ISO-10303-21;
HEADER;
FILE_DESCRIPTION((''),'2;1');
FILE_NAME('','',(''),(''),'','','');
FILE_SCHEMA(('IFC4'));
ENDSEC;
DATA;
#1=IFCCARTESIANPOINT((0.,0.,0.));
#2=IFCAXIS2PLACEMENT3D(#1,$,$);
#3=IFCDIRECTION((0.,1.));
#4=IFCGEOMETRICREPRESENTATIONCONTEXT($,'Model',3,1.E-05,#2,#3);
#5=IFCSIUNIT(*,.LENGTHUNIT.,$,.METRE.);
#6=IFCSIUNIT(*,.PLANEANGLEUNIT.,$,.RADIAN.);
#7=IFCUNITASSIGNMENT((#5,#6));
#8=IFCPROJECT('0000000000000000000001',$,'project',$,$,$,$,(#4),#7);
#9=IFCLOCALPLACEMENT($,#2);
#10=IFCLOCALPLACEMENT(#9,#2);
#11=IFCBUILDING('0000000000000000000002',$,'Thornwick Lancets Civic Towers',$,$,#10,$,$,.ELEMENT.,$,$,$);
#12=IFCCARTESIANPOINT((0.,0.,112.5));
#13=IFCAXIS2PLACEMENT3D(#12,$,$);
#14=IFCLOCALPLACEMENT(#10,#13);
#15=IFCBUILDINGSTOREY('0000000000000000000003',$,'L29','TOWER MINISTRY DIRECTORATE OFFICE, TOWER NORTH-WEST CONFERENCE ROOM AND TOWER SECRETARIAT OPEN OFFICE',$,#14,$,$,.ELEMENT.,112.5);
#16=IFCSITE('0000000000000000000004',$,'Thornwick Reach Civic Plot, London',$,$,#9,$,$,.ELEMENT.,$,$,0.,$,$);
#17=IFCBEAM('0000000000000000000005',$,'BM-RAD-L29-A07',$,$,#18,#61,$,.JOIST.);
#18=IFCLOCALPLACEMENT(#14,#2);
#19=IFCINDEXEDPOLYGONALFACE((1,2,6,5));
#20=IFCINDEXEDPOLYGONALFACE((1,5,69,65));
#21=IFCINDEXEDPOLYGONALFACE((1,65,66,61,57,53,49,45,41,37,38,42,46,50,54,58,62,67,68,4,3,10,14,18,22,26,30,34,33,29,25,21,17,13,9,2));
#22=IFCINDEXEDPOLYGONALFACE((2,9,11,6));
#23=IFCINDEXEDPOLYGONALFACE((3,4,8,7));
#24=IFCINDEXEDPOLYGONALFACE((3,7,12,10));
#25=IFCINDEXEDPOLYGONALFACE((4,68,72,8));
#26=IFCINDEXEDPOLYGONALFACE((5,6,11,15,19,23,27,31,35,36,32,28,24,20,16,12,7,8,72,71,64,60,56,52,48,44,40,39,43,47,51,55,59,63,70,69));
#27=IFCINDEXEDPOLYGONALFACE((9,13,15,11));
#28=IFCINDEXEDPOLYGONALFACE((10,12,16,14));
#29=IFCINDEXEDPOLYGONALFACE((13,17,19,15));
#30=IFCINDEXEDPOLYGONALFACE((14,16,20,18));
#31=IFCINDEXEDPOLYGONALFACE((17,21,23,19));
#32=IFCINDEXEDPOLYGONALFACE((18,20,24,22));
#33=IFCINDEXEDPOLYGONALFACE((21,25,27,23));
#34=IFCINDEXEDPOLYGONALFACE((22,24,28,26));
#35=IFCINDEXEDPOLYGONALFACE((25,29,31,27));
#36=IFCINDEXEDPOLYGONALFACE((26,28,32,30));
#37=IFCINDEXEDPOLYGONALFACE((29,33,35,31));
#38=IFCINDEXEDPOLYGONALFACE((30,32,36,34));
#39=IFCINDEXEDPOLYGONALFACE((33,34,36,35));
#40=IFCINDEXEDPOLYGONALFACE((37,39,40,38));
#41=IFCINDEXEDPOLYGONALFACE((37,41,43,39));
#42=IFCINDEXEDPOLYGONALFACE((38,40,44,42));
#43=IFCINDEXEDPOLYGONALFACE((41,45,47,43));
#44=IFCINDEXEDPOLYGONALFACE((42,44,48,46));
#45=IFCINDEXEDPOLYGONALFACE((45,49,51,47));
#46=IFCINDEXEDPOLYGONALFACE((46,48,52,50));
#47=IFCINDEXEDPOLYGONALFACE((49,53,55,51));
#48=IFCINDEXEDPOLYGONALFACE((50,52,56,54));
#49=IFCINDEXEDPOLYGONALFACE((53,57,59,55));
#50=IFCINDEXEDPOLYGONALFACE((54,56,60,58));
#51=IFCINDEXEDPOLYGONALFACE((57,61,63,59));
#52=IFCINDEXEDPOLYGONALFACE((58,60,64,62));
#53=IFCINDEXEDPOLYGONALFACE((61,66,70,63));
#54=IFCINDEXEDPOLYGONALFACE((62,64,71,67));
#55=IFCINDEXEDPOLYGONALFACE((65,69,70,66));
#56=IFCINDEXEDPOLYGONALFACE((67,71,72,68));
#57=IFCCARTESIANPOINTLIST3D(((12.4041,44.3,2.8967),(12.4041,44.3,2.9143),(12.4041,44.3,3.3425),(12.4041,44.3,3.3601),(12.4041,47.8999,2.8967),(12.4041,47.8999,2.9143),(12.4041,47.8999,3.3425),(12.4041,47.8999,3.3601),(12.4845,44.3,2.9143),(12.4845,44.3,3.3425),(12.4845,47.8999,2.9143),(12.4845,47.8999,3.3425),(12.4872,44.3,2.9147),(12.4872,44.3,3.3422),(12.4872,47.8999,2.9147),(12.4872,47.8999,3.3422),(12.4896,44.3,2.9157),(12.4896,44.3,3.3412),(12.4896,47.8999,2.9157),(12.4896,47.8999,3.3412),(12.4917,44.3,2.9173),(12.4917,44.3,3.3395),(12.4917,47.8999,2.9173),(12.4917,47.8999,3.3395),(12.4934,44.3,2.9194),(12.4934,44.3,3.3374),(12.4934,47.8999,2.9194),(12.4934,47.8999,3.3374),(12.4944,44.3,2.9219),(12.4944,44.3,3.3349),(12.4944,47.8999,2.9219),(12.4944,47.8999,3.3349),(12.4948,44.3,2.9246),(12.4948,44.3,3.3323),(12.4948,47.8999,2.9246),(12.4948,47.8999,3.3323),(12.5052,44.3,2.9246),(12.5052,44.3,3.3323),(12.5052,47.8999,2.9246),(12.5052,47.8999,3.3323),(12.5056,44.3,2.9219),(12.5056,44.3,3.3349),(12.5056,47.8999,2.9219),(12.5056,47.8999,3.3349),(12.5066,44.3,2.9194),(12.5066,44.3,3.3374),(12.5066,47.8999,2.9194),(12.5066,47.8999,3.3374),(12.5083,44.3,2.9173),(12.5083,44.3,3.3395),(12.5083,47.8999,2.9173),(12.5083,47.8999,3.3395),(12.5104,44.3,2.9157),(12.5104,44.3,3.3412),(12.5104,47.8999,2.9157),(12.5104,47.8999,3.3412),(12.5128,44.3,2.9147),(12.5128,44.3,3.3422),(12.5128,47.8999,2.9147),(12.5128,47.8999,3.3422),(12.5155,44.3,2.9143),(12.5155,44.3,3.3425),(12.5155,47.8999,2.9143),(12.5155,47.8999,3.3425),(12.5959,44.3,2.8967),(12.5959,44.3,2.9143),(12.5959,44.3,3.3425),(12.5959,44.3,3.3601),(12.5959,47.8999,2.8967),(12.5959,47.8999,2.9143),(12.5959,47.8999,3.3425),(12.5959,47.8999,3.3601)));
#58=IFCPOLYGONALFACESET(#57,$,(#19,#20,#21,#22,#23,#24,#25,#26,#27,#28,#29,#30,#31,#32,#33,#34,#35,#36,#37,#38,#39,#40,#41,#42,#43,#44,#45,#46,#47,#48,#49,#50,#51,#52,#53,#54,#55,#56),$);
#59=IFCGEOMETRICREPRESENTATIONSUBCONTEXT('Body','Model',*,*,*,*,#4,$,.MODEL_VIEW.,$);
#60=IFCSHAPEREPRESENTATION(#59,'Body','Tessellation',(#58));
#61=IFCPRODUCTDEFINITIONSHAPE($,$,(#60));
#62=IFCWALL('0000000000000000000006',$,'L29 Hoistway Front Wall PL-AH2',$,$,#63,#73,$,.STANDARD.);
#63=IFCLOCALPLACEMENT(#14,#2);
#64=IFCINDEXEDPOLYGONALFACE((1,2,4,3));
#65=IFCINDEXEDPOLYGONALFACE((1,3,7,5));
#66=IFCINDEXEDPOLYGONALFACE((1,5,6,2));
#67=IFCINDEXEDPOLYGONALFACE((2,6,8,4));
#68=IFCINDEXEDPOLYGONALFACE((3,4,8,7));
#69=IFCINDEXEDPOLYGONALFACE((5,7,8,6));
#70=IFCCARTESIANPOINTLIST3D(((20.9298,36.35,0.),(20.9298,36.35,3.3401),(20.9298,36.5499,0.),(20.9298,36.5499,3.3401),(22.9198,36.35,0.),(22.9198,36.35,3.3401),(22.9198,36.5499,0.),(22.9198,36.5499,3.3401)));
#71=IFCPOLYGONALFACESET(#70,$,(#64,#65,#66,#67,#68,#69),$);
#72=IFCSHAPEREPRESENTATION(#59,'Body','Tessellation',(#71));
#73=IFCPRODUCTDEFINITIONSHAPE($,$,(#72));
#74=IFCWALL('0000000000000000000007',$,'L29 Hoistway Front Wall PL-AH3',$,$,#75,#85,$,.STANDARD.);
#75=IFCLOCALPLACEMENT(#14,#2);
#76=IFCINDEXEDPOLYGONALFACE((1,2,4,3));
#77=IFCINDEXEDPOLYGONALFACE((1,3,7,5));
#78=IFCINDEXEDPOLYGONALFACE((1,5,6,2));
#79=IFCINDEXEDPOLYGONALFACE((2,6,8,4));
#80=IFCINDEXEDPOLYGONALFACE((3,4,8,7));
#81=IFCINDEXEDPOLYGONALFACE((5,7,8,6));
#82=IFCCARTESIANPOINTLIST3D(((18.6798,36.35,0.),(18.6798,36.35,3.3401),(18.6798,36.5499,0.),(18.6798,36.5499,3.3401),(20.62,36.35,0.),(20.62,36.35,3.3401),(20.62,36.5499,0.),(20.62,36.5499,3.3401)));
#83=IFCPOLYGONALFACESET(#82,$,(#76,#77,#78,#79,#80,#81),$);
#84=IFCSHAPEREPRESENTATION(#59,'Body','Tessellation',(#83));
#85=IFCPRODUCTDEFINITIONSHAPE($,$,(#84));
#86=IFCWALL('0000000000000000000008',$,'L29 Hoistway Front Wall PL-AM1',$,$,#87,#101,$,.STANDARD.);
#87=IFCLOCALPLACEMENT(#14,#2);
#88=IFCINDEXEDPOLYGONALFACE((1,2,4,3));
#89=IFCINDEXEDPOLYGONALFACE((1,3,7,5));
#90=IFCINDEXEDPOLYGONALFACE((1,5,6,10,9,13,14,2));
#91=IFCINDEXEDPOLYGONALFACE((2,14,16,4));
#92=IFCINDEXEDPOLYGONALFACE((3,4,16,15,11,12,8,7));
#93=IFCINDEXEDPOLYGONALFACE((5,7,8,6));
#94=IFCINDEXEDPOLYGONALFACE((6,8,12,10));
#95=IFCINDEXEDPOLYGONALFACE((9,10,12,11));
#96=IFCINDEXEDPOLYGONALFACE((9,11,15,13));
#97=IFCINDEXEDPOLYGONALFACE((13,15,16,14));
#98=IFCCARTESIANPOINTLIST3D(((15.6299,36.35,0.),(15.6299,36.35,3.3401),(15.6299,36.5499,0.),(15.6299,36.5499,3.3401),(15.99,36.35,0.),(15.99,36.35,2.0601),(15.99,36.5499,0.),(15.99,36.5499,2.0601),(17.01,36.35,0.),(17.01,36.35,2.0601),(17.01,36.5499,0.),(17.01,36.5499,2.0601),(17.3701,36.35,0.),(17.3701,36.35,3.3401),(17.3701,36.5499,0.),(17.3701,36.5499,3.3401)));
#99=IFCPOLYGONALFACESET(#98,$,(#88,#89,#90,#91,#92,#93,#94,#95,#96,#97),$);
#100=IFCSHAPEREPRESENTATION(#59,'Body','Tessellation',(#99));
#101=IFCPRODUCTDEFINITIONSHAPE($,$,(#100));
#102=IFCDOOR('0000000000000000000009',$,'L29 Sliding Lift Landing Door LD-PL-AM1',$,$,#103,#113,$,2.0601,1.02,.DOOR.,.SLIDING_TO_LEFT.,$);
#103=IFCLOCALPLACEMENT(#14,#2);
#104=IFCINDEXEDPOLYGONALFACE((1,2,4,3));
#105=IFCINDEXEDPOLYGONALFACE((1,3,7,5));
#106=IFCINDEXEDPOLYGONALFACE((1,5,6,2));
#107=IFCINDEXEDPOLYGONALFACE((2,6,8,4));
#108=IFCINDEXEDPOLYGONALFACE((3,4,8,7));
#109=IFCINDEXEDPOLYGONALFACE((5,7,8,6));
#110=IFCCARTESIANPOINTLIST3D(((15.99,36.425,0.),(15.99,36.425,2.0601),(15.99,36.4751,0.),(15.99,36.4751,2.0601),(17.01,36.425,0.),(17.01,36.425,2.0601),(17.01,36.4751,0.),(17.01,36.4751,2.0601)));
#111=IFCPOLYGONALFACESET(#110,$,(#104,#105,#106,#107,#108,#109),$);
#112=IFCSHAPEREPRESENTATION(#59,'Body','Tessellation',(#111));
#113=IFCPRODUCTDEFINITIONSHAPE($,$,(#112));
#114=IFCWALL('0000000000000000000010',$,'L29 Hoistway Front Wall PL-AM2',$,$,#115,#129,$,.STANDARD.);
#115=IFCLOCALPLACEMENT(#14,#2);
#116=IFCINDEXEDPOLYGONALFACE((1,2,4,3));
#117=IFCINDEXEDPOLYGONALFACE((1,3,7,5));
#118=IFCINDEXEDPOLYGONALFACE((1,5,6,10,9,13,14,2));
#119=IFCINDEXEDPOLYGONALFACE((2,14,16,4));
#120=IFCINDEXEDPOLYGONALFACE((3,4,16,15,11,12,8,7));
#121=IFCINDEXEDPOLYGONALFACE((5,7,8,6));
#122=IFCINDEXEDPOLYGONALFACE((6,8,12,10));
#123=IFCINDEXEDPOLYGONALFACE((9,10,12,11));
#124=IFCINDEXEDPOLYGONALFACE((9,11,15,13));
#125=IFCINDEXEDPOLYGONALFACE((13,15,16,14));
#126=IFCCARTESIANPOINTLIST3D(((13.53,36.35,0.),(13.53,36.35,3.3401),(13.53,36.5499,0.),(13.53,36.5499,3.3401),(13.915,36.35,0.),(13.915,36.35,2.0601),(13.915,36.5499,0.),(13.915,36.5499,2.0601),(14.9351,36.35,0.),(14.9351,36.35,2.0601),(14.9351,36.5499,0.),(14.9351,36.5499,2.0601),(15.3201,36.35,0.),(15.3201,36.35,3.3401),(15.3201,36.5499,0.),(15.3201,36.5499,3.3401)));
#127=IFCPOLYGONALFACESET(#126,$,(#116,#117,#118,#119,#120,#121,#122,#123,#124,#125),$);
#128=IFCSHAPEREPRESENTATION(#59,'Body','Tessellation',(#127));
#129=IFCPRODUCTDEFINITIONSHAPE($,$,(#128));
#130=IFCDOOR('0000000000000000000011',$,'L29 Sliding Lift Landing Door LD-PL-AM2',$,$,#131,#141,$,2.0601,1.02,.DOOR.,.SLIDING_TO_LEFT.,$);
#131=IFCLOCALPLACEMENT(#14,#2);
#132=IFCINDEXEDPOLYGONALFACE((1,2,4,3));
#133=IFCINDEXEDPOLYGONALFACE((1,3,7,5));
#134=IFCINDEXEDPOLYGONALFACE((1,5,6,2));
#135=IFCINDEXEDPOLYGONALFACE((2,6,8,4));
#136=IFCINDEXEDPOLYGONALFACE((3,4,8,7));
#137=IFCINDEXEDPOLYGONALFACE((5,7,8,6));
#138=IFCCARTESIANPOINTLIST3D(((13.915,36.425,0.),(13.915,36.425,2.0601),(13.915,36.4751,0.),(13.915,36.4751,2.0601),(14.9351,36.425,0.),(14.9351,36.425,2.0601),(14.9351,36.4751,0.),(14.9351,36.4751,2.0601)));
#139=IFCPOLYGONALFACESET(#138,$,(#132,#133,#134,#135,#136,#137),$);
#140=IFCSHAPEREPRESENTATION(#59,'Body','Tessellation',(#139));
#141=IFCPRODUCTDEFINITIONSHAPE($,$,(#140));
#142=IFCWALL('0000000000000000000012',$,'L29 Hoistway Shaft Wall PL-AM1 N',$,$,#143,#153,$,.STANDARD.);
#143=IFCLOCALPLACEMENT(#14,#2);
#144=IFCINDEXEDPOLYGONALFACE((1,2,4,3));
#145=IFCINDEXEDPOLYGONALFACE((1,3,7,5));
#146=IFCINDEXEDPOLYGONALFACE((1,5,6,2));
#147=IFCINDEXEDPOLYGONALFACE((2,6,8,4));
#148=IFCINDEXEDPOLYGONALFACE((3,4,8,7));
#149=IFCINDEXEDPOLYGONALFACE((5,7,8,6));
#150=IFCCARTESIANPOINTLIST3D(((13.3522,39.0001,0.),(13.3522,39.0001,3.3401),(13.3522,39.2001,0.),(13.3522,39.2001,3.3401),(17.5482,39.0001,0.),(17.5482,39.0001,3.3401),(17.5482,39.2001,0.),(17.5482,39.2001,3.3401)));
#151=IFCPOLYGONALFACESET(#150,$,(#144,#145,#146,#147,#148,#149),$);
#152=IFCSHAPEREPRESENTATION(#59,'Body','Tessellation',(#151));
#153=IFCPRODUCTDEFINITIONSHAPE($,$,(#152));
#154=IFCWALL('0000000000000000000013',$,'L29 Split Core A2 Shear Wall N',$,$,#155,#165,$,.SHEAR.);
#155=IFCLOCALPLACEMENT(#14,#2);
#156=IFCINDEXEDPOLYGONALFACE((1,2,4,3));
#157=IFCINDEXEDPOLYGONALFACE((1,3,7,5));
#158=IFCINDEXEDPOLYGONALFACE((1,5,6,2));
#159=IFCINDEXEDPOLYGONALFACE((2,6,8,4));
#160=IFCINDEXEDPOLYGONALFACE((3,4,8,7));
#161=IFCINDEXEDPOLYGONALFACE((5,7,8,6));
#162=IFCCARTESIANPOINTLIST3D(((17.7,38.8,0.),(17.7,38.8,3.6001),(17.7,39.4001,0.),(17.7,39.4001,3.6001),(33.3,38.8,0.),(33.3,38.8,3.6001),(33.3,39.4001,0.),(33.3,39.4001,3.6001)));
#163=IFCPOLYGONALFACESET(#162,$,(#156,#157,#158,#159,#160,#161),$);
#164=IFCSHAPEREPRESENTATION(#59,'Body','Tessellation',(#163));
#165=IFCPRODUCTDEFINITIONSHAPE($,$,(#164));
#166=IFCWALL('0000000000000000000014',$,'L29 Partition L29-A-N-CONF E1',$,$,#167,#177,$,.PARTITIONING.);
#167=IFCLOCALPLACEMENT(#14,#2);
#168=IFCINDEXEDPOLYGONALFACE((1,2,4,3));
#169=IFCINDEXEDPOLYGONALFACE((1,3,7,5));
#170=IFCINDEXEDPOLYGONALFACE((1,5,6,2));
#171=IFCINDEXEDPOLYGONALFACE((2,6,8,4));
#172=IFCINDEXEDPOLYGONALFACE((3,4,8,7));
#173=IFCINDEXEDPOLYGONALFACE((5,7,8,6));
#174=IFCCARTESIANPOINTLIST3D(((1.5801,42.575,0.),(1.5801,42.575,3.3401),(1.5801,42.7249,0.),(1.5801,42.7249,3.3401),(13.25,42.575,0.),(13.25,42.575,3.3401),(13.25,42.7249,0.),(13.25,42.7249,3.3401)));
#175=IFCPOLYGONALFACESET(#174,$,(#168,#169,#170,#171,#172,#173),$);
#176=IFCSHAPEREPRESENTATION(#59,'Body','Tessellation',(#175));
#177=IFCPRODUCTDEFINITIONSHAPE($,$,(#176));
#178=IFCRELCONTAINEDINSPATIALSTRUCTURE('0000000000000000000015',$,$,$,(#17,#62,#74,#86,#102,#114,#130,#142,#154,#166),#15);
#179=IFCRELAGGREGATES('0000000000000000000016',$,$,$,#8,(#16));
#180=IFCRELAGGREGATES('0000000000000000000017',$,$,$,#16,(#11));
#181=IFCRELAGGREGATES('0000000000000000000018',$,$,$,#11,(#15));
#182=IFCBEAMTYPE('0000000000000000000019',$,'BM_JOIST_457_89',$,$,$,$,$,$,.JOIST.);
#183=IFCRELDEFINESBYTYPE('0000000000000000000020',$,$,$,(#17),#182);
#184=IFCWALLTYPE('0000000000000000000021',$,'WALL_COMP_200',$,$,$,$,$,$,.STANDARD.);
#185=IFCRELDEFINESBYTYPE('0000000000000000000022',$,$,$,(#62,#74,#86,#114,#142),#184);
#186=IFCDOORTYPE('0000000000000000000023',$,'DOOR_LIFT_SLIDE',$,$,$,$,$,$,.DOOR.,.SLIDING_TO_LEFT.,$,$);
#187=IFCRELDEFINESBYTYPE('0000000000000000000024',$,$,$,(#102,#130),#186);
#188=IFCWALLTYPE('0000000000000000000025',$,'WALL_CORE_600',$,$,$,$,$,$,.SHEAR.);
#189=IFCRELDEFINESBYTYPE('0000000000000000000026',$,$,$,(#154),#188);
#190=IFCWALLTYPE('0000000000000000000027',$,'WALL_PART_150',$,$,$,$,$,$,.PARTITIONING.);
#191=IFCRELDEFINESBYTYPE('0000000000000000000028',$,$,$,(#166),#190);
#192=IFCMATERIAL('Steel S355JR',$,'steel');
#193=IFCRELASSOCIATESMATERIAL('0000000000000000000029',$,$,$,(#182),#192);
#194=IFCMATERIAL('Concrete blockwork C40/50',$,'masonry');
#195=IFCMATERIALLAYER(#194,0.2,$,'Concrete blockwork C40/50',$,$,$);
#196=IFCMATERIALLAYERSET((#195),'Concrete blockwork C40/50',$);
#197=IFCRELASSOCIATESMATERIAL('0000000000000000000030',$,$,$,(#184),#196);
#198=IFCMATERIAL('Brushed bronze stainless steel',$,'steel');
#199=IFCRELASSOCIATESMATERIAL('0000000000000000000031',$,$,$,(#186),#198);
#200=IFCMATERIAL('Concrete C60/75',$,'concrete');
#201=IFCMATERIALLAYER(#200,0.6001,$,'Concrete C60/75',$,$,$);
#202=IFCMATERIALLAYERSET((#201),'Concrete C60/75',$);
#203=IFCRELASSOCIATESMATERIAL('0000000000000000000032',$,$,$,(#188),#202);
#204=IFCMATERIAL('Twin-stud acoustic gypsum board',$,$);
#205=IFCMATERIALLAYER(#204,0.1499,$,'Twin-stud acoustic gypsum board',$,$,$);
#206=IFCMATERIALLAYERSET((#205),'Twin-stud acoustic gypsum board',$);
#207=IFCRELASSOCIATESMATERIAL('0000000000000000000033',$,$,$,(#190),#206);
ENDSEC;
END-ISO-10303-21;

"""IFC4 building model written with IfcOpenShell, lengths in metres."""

from ifc_helpers import new_model, si_unit, direction, frame, frame_2d, origin, origin_2d, place, context, subcontext, project, spatial, rectangle, i_section, extrude, material, layer, layer_set, material_profile, profile_set, type_object, element, fill, save


model = new_model("IFC4")

# Units and contexts
model_context = context("Model", 3, precision=1e-05, world=origin(), true_north=direction((0.0, 1.0)))
body_context = subcontext(model_context, "Body", "Model", "MODEL_VIEW")
ifc_project = project(units=[si_unit("LENGTHUNIT", "METRE"), si_unit("PLANEANGLEUNIT", "RADIAN")], contexts=[model_context])

# Site, building, storey
site_placement = place(None, origin())
site = spatial("IfcSite", under=ifc_project, at=site_placement, Name="Thornwick Reach Civic Plot, London", CompositionType="ELEMENT", RefElevation=0.0)
building_placement = place(site_placement, origin())
building = spatial("IfcBuilding", under=site, at=building_placement, Name="Thornwick Lancets Civic Towers", CompositionType="ELEMENT")
storey_placement = place(building_placement, frame((0.0, 0.0, 112.5)))
storey = spatial("IfcBuildingStorey", under=building, at=storey_placement, Name="L29", Description="TOWER MINISTRY DIRECTORATE OFFICE, TOWER NORTH-WEST CONFERENCE ROOM AND TOWER SECRETARIAT OPEN OFFICE", CompositionType="ELEMENT", Elevation=112.5)

# Shared definitions
ifc_material_1 = material(Name="Concrete C60/75", Category="concrete")

# Beam
ifc_material_2 = material(Name="Steel S355JR", Category="steel")
ifc_material_profile_1 = material_profile(ifc_material_2, i_section(OverallWidth=0.1919, OverallDepth=0.4634, WebThickness=0.0105, FlangeThickness=0.0176, FilletRadius=0.0103, at=origin_2d()), Name="UKB 457x191x89")
ifc_profile_set_1 = profile_set([ifc_material_profile_1], Name="Steel S355JR")
beam_type_1 = type_object("IfcBeamType", Name="BM_JOIST_457_89", PredefinedType="JOIST", material=ifc_profile_set_1)
beam_1_placement = place(storey_placement, frame((12.5, 44.3, 3.1284), z_axis=(0.0, 1.0, 0.0), x_axis=(-1.0, 0.0, 0.0)))
element("IfcBeam", 1, at=beam_1_placement, inside=storey, type_object=beam_type_1, Name="BM-RAD-L29-A07", PredefinedType="JOIST", context=body_context, shape_type="SweptSolid", body=[
    extrude(i_section(OverallWidth=0.1919, OverallDepth=0.4634, WebThickness=0.0105, FlangeThickness=0.0176, FilletRadius=0.0103, at=origin_2d()), origin(), (0.0, 0.0, 1.0), 3.5999),
])

# Walls
ifc_material_3 = material(Name="Concrete blockwork C40/50", Category="masonry")
ifc_layer_1 = layer(ifc_material_3, 0.2, Name="Concrete blockwork C40/50")
ifc_layer_set_1 = layer_set([ifc_layer_1], Name="Concrete blockwork C40/50")
wall_type_1 = type_object("IfcWallType", Name="WALL_COMP_200", PredefinedType="STANDARD", material=ifc_layer_set_1)
wall_1_placement = place(storey_placement, frame((22.9199, 36.45, 0.0), z_axis=(0.0, 0.0, 1.0), x_axis=(-1.0, 0.0, 0.0)))
element("IfcWall", 2, at=wall_1_placement, inside=storey, type_object=wall_type_1, Name="L29 Hoistway Front Wall PL-AH2", PredefinedType="STANDARD", context=body_context, shape_type="SweptSolid", body=[
    extrude(rectangle(XDim=1.99, YDim=0.2, at=frame_2d((0.9951, 0.0))), origin(), (0.0, 0.0, 1.0), 3.3401),
])
wall_2_placement = place(storey_placement, frame((20.6201, 36.45, 0.0), z_axis=(0.0, 0.0, 1.0), x_axis=(-1.0, 0.0, 0.0)))
element("IfcWall", 3, at=wall_2_placement, inside=storey, type_object=wall_type_1, Name="L29 Hoistway Front Wall PL-AH3", PredefinedType="STANDARD", context=body_context, shape_type="SweptSolid", body=[
    extrude(rectangle(XDim=1.9402, YDim=0.2, at=frame_2d((0.9702, 0.0))), origin(), (0.0, 0.0, 1.0), 3.3401),
])

# Walls, openings, doors
wall_3_placement = place(storey_placement, frame((17.3701, 36.45, 0.0), z_axis=(0.0, 0.0, 1.0), x_axis=(-1.0, 0.0, 0.0)))
wall_3 = element("IfcWall", 4, at=wall_3_placement, inside=storey, type_object=wall_type_1, Name="L29 Hoistway Front Wall PL-AM1", PredefinedType="STANDARD", context=body_context, shape_type="SweptSolid", body=[
    extrude(rectangle(XDim=1.7402, YDim=0.2, at=frame_2d((0.8701, 0.0))), origin(), (0.0, 0.0, 1.0), 3.3401),
])
opening_1_placement = place(wall_3_placement, frame((0.3601, 0.0, 0.0)))
opening_1 = element("IfcOpeningElement", 5, at=opening_1_placement, cuts=wall_3, PredefinedType="OPENING", context=body_context, shape_type="SweptSolid", body=[
    extrude(rectangle(XDim=1.02, YDim=2.0601, at=frame_2d((0.51, 1.03))), frame((0.0, 0.1099, 0.0), z_axis=(0.0, -1.0, 0.0), x_axis=(1.0, 0.0, 0.0)), (0.0, 0.0, 1.0), 0.22),
])
ifc_material_4 = material(Name="Brushed bronze stainless steel", Category="steel")
door_type_1 = type_object("IfcDoorType", Name="DOOR_LIFT_SLIDE", OperationType="SLIDING_TO_LEFT", PredefinedType="DOOR", material=ifc_material_4)
door_1_placement = place(opening_1_placement, origin())
door_1 = element("IfcDoor", 6, at=door_1_placement, inside=storey, type_object=door_type_1, Name="L29 Sliding Lift Landing Door LD-PL-AM1", OperationType="SLIDING_TO_LEFT", OverallHeight=2.0601, OverallWidth=1.02, PredefinedType="DOOR", context=body_context, shape_type="SweptSolid", body=[
    extrude(rectangle(XDim=1.02, YDim=2.0601, at=frame_2d((0.51, 1.03))), frame((0.0, 0.0249, 0.0), z_axis=(0.0, -1.0, 0.0), x_axis=(1.0, 0.0, 0.0)), (0.0, 0.0, 1.0), 0.05),
])
fill(opening_1, door_1)
wall_4_placement = place(storey_placement, frame((15.3201, 36.45, 0.0), z_axis=(0.0, 0.0, 1.0), x_axis=(-1.0, 0.0, 0.0)))
wall_4 = element("IfcWall", 7, at=wall_4_placement, inside=storey, type_object=wall_type_1, Name="L29 Hoistway Front Wall PL-AM2", PredefinedType="STANDARD", context=body_context, shape_type="SweptSolid", body=[
    extrude(rectangle(XDim=1.79, YDim=0.2, at=frame_2d((0.895, 0.0))), origin(), (0.0, 0.0, 1.0), 3.3401),
])
opening_2_placement = place(wall_4_placement, frame((0.385, 0.0, 0.0)))
opening_2 = element("IfcOpeningElement", 8, at=opening_2_placement, cuts=wall_4, PredefinedType="OPENING", context=body_context, shape_type="SweptSolid", body=[
    extrude(rectangle(XDim=1.02, YDim=2.0601, at=frame_2d((0.51, 1.03))), frame((0.0, 0.1099, 0.0), z_axis=(0.0, -1.0, 0.0), x_axis=(1.0, 0.0, 0.0)), (0.0, 0.0, 1.0), 0.22),
])
door_2_placement = place(opening_2_placement, origin())
door_2 = element("IfcDoor", 9, at=door_2_placement, inside=storey, type_object=door_type_1, Name="L29 Sliding Lift Landing Door LD-PL-AM2", OperationType="SLIDING_TO_LEFT", OverallHeight=2.0601, OverallWidth=1.02, PredefinedType="DOOR", context=body_context, shape_type="SweptSolid", body=[
    extrude(rectangle(XDim=1.02, YDim=2.0601, at=frame_2d((0.51, 1.03))), frame((0.0, 0.0249, 0.0), z_axis=(0.0, -1.0, 0.0), x_axis=(1.0, 0.0, 0.0)), (0.0, 0.0, 1.0), 0.05),
])
fill(opening_2, door_2)

# Walls
wall_5_placement = place(storey_placement, frame((13.3521, 39.1001, 0.0), z_axis=(0.0, 0.0, 1.0), x_axis=(1.0, 0.0, 0.0)))
element("IfcWall", 10, at=wall_5_placement, inside=storey, type_object=wall_type_1, Name="L29 Hoistway Shaft Wall PL-AM1 N", PredefinedType="STANDARD", context=body_context, shape_type="SweptSolid", body=[
    extrude(rectangle(XDim=4.196, YDim=0.2, at=frame_2d((2.0981, 0.0))), origin(), (0.0, 0.0, 1.0), 3.3401),
])
ifc_layer_2 = layer(ifc_material_1, 0.6001, Name="Concrete C60/75")
ifc_layer_set_2 = layer_set([ifc_layer_2], Name="Concrete C60/75")
wall_type_2 = type_object("IfcWallType", Name="WALL_CORE_600", PredefinedType="SHEAR", material=ifc_layer_set_2)
wall_6_placement = place(storey_placement, frame((17.7, 39.1001, 0.0), z_axis=(0.0, 0.0, 1.0), x_axis=(1.0, 0.0, 0.0)))
element("IfcWall", 11, at=wall_6_placement, inside=storey, type_object=wall_type_2, Name="L29 Split Core A2 Shear Wall N", PredefinedType="SHEAR", context=body_context, shape_type="SweptSolid", body=[
    extrude(rectangle(XDim=15.6001, YDim=0.6001, at=frame_2d((7.8, 0.0))), origin(), (0.0, 0.0, 1.0), 3.6001),
])
ifc_material_5 = material(Name="Twin-stud acoustic gypsum board")
ifc_layer_3 = layer(ifc_material_5, 0.1499, Name="Twin-stud acoustic gypsum board")
ifc_layer_set_3 = layer_set([ifc_layer_3], Name="Twin-stud acoustic gypsum board")
wall_type_3 = type_object("IfcWallType", Name="WALL_PART_150", PredefinedType="PARTITIONING", material=ifc_layer_set_3)
wall_7_placement = place(storey_placement, frame((13.25, 42.6499, 0.0), z_axis=(0.0, 0.0, 1.0), x_axis=(-1.0, 0.0, 0.0)))
element("IfcWall", 12, at=wall_7_placement, inside=storey, type_object=wall_type_3, Name="L29 Partition L29-A-N-CONF E1", PredefinedType="PARTITIONING", context=body_context, shape_type="SweptSolid", body=[
    extrude(rectangle(XDim=11.6699, YDim=0.1499, at=frame_2d((5.835, 0.0))), origin(), (0.0, 0.0, 1.0), 3.3401),
])

save(model, "model.ifc")
